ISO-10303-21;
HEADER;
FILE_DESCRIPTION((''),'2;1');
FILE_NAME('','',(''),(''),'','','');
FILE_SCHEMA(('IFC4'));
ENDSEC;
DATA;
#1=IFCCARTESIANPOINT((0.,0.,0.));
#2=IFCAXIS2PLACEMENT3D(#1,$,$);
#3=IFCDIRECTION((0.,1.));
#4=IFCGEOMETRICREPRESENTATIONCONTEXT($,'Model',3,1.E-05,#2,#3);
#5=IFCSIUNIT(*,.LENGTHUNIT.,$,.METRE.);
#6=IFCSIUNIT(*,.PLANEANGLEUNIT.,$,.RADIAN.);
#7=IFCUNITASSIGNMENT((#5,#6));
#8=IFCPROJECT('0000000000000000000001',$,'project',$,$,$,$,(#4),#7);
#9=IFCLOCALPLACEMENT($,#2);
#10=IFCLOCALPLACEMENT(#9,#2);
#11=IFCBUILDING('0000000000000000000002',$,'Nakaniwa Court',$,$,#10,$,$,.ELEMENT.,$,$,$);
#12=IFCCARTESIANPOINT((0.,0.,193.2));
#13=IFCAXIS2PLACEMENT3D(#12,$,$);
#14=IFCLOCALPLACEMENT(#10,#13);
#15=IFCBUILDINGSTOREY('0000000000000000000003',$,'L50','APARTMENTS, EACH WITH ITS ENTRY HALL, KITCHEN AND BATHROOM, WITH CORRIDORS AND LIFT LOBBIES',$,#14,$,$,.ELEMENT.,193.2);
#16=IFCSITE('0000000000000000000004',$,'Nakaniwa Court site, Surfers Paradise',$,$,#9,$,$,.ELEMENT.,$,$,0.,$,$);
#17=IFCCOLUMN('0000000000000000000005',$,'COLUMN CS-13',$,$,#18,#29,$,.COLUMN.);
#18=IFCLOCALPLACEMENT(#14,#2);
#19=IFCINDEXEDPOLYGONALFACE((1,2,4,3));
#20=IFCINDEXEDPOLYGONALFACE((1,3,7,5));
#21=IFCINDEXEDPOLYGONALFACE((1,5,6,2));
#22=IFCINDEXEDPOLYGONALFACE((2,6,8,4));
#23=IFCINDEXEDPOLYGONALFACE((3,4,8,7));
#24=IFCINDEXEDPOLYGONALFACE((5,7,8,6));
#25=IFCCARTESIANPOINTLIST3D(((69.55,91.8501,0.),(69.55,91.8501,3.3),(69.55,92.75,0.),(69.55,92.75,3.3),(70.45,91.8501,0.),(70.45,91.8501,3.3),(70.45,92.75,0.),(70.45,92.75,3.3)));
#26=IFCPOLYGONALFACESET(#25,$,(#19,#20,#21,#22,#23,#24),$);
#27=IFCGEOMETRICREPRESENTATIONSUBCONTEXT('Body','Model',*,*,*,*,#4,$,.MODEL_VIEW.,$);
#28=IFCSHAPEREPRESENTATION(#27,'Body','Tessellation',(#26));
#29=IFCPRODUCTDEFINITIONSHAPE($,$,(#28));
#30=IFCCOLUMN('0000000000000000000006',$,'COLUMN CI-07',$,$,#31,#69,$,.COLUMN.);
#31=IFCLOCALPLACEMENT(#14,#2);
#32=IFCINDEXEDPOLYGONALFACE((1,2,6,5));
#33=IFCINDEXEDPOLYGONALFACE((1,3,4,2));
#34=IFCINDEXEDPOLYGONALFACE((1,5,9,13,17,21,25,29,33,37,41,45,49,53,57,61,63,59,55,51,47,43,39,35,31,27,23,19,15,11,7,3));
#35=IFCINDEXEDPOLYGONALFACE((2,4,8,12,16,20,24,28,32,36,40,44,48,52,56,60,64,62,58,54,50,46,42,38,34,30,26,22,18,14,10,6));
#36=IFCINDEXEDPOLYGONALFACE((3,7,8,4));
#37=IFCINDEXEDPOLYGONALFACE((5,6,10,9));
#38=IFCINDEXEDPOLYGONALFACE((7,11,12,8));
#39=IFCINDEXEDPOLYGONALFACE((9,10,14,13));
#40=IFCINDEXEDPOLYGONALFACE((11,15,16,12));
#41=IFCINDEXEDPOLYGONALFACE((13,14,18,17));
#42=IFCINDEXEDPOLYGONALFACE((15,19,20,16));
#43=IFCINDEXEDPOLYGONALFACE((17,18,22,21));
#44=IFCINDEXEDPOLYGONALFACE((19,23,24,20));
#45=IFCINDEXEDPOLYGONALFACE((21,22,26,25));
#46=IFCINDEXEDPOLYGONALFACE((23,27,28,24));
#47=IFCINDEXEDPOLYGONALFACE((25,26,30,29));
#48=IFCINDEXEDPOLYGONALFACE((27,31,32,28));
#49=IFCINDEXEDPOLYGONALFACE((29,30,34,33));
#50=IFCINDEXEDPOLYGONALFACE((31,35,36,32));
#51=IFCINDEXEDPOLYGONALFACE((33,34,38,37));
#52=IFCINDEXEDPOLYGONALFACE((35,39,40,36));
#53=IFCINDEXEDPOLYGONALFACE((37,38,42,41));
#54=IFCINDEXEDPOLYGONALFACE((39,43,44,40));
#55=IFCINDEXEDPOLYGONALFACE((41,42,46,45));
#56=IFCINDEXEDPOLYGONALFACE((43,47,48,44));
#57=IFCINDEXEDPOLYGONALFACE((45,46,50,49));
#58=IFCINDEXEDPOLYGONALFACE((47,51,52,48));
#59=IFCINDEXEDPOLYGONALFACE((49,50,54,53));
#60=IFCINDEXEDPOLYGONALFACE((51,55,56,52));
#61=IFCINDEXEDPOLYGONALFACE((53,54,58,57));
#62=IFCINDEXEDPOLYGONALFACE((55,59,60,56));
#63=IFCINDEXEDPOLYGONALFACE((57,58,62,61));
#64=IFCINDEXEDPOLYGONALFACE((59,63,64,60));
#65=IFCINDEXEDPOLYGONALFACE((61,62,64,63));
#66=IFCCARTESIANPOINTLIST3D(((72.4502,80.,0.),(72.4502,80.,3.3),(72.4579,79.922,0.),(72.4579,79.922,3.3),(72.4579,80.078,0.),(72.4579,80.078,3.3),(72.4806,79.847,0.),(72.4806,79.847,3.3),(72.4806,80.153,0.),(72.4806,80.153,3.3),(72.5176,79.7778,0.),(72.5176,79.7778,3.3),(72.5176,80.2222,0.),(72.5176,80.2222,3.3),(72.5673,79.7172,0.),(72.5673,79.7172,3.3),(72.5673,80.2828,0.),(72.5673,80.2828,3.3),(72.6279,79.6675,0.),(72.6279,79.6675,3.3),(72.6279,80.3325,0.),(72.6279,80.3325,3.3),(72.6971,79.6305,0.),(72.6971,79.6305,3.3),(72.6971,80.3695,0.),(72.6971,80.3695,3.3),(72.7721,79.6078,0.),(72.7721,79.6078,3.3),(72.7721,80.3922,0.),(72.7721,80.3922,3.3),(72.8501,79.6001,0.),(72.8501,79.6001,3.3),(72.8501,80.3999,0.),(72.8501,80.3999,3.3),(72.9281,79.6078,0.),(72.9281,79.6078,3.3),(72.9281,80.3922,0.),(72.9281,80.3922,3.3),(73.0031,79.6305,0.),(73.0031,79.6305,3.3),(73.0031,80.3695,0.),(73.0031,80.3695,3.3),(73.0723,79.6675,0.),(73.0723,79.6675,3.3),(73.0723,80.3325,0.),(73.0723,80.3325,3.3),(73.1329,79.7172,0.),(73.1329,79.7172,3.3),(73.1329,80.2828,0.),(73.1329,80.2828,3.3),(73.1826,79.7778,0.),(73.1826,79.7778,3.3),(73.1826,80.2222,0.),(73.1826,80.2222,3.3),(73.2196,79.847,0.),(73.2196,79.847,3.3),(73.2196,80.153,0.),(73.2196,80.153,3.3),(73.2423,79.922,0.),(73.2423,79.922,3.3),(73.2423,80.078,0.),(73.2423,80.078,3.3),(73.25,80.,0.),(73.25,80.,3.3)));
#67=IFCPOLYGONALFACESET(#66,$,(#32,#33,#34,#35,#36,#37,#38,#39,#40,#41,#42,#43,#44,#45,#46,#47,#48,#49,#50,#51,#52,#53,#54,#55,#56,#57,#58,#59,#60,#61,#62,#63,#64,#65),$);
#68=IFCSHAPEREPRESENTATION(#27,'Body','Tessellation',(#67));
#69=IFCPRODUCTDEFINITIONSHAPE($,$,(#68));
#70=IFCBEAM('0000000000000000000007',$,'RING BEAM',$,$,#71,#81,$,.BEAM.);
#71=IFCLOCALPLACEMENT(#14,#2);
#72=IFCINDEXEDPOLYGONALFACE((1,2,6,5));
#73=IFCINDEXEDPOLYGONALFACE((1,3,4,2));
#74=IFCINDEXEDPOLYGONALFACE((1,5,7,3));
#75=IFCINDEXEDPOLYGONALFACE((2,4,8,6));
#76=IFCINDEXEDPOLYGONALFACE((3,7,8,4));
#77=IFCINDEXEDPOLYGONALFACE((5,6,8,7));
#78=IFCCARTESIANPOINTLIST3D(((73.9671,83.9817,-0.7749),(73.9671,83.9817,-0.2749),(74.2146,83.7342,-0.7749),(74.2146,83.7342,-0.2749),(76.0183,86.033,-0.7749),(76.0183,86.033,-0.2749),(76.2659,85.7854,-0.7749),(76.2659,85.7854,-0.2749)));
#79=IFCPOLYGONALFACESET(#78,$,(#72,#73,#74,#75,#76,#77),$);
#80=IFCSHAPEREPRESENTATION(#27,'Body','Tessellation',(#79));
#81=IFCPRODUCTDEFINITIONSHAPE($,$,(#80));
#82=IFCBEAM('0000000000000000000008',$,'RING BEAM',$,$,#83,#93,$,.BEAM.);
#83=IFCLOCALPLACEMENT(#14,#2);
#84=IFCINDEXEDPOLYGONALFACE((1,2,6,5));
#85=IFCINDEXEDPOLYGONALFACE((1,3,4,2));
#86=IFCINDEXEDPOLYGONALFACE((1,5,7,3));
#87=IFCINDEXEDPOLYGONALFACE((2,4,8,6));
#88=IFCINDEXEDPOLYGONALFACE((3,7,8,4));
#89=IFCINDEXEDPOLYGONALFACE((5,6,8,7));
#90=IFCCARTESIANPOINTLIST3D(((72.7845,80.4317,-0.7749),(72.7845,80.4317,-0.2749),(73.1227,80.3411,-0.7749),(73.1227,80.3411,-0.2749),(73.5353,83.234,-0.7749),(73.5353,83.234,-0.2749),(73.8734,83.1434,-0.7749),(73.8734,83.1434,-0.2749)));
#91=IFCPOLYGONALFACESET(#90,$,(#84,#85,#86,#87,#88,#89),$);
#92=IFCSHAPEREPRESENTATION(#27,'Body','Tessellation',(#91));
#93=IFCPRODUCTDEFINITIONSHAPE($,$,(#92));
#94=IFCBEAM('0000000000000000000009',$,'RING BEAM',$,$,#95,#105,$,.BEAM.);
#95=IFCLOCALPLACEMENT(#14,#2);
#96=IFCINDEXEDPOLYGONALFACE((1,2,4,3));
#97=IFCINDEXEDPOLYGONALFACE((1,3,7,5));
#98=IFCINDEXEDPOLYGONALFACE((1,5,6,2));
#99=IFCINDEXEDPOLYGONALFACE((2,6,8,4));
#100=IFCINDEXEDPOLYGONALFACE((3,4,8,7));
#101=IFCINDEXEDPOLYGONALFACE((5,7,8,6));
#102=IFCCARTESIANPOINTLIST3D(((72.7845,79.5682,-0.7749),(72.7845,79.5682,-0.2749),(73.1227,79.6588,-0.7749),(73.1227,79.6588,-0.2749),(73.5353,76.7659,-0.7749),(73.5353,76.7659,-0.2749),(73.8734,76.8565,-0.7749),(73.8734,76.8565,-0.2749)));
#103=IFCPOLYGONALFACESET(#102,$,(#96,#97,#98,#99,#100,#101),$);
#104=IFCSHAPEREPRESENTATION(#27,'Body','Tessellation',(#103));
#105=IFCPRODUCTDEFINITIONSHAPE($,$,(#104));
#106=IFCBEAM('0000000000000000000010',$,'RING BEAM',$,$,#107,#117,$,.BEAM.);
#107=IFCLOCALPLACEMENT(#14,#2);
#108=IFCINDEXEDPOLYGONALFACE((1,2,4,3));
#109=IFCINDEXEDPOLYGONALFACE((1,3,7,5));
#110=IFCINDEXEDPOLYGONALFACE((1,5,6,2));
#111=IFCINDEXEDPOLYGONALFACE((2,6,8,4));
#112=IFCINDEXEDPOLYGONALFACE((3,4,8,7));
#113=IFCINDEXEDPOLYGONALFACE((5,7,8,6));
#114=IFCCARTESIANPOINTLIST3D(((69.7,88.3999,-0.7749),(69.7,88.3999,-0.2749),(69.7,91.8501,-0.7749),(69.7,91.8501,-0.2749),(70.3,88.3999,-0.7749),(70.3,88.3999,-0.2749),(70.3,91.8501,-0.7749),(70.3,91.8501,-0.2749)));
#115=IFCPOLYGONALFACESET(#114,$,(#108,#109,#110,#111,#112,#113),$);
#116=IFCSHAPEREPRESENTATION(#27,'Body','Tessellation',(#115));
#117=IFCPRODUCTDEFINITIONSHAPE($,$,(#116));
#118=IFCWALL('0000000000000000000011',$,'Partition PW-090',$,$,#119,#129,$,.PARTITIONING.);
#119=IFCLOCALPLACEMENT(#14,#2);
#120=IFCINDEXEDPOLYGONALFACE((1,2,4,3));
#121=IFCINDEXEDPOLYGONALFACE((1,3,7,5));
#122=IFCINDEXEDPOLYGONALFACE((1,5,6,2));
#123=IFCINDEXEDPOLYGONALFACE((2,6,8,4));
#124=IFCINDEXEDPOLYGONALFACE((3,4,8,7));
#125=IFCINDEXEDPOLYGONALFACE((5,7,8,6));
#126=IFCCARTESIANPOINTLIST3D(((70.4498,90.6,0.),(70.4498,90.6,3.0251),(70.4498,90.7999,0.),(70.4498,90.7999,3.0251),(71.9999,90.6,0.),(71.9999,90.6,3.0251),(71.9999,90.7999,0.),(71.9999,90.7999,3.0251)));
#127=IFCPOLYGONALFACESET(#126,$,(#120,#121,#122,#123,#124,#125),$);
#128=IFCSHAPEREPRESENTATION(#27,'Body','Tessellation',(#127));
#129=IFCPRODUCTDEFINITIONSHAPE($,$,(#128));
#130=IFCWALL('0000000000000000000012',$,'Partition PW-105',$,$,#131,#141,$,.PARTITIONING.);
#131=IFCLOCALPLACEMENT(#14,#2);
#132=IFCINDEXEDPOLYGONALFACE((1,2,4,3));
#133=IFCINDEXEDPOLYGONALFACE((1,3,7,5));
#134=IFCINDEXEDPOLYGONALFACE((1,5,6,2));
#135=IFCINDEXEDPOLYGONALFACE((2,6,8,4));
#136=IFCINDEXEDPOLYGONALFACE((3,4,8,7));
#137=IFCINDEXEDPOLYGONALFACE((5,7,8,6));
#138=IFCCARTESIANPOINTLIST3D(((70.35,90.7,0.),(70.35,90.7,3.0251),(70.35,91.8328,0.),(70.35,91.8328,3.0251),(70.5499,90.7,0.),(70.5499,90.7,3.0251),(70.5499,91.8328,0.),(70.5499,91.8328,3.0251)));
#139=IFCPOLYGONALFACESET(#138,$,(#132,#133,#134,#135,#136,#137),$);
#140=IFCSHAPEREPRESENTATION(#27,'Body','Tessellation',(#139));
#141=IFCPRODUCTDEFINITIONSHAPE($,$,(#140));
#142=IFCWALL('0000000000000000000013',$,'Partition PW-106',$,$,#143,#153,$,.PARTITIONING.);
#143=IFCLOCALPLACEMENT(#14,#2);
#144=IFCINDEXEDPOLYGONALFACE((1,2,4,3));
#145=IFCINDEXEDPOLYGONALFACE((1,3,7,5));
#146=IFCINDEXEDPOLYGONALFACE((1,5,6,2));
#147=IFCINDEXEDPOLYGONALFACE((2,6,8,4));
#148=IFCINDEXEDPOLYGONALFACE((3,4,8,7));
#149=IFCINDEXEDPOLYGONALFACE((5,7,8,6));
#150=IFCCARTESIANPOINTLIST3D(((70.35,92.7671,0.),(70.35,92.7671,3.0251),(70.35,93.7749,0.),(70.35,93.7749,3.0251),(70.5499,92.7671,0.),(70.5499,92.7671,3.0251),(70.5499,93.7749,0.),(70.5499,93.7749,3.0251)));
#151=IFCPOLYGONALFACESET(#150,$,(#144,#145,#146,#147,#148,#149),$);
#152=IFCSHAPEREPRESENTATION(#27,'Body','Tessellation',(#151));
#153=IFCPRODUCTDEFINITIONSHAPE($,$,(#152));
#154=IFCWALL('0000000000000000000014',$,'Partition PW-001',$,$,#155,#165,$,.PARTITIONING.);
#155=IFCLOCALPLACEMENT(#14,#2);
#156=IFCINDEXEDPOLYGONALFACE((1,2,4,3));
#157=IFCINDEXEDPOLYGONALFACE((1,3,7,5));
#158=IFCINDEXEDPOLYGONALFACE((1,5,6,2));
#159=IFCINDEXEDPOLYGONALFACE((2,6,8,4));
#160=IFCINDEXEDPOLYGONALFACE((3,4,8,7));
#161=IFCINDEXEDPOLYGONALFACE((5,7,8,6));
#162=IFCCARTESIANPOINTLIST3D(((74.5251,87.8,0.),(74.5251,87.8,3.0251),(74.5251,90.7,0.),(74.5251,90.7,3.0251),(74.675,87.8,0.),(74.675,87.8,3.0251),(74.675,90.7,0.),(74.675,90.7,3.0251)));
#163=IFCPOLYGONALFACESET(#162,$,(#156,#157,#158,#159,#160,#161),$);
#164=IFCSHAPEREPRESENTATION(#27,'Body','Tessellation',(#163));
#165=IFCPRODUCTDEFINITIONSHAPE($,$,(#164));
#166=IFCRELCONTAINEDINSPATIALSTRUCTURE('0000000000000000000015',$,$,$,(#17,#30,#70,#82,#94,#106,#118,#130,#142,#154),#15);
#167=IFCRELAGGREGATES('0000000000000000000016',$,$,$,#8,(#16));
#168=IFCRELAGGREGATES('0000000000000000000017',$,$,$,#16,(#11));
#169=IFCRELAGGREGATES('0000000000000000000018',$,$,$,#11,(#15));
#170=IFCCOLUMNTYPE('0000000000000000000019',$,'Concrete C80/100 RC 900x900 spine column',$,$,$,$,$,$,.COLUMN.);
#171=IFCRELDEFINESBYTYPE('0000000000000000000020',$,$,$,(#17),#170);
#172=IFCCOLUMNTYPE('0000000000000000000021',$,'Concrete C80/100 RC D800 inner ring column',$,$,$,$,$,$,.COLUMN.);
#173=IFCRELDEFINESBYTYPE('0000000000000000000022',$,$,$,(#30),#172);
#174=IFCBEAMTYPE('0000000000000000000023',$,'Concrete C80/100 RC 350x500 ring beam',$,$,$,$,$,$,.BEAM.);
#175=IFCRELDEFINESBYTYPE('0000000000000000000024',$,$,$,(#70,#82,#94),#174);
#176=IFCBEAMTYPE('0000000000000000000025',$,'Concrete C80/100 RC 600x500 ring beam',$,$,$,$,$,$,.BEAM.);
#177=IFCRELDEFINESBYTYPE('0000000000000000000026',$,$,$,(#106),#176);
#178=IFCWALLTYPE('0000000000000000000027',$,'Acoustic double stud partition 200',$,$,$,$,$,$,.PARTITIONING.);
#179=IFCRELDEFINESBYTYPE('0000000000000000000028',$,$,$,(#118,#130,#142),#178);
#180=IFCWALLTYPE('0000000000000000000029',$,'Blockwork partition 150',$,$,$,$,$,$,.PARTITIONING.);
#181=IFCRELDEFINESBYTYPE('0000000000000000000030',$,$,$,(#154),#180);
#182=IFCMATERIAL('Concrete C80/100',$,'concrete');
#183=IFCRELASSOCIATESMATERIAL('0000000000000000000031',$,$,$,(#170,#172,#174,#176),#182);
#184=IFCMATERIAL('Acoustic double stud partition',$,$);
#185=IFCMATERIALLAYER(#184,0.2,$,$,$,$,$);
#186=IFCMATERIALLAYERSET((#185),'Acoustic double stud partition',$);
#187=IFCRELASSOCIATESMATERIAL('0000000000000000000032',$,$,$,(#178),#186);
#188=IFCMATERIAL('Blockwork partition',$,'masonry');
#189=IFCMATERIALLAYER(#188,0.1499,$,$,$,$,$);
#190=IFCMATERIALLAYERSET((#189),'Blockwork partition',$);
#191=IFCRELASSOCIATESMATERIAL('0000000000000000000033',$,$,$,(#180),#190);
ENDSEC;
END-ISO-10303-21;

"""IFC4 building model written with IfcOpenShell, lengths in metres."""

from ifc_helpers import new_model, si_unit, direction, frame, frame_2d, origin, origin_2d, place, context, subcontext, project, spatial, rectangle, circle, extrude, material, layer, layer_set, material_profile, profile_set, type_object, element, save


model = new_model("IFC4")

# Units and contexts
model_context = context("Model", 3, precision=1e-05, world=origin(), true_north=direction((0.0, 1.0)))
body_context = subcontext(model_context, "Body", "Model", "MODEL_VIEW")
ifc_project = project(units=[si_unit("LENGTHUNIT", "METRE"), si_unit("PLANEANGLEUNIT", "RADIAN")], contexts=[model_context])

# Site, building, storey
site_placement = place(None, origin())
site = spatial("IfcSite", under=ifc_project, at=site_placement, Name="Nakaniwa Court site, Surfers Paradise", CompositionType="ELEMENT", RefElevation=0.0)
building_placement = place(site_placement, origin())
building = spatial("IfcBuilding", under=site, at=building_placement, Name="Nakaniwa Court", CompositionType="ELEMENT")
storey_placement = place(building_placement, frame((0.0, 0.0, 193.2)))
storey = spatial("IfcBuildingStorey", under=building, at=storey_placement, Name="L50", Description="APARTMENTS, EACH WITH ITS ENTRY HALL, KITCHEN AND BATHROOM, WITH CORRIDORS AND LIFT LOBBIES", CompositionType="ELEMENT", Elevation=193.2)

# Columns
ifc_material_1 = material(Name="Concrete C80/100", Category="concrete")
ifc_material_profile_1 = material_profile(ifc_material_1, rectangle(XDim=0.8999, YDim=0.8999, at=origin_2d()), Name="Concrete C80/100 RC 900x900 spine column")
ifc_profile_set_1 = profile_set([ifc_material_profile_1], Name="Concrete C80/100")
column_type_1 = type_object("IfcColumnType", Name="Concrete C80/100 RC 900x900 spine column", PredefinedType="COLUMN", material=ifc_profile_set_1)
column_placement = place(storey_placement, frame((70.0, 92.3, 0.0), z_axis=(0.0, 0.0, 1.0), x_axis=(0.0, -1.0, 0.0)))
element("IfcColumn", 1, at=column_placement, inside=storey, type_object=column_type_1, Name="COLUMN CS-13", PredefinedType="COLUMN", context=body_context, shape_type="SweptSolid", body=[
    extrude(rectangle(XDim=0.8999, YDim=0.8999, at=origin_2d()), origin(), (0.0, 0.0, 1.0), 3.3),
])
ifc_material_profile_2 = material_profile(ifc_material_1, circle(Radius=0.3999, at=origin_2d()), Name="Concrete C80/100 RC D800 inner ring column")
ifc_profile_set_2 = profile_set([ifc_material_profile_2], Name="Concrete C80/100")
column_type_2 = type_object("IfcColumnType", Name="Concrete C80/100 RC D800 inner ring column", PredefinedType="COLUMN", material=ifc_profile_set_2)
for number, where, z_axis, x_axis, name in (
    (2, (72.8501, 80.0, 0.0), (0.0, 0.0, 1.0), (0.0, -1.0, 0.0), "COLUMN CI-07"),
):
    element("IfcColumn", number, at=place(storey_placement, frame(where, z_axis=z_axis, x_axis=x_axis)), inside=storey, type_object=column_type_2, Name=name, PredefinedType="COLUMN", context=body_context, shape_type="SweptSolid", body=[
        extrude(circle(Radius=0.3999, at=origin_2d()), origin(), (0.0, 0.0, 1.0), 3.3),
    ])

# Beams
ifc_material_profile_3 = material_profile(ifc_material_1, rectangle(XDim=0.3501, YDim=0.5, at=origin_2d()), Name="Concrete C80/100 RC 350x500 ring beam")
ifc_profile_set_3 = profile_set([ifc_material_profile_3], Name="Concrete C80/100")
beam_type_1 = type_object("IfcBeamType", Name="Concrete C80/100 RC 350x500 ring beam", PredefinedType="BEAM", material=ifc_profile_set_3)
beam_1_placement = place(storey_placement, frame((76.1421, 85.9092, -0.5249), z_axis=(-0.707107, -0.707107, 0.0), x_axis=(0.707107, -0.707107, 0.0)))
element("IfcBeam", 3, at=beam_1_placement, inside=storey, type_object=beam_type_1, Name="RING BEAM", PredefinedType="BEAM", context=body_context, shape_type="SweptSolid", body=[
    extrude(rectangle(XDim=0.3501, YDim=0.5, at=origin_2d()), origin(), (0.0, 0.0, 1.0), 2.9009),
])
for number, where, z_axis, x_axis, name in (
    (4, (73.7043, 83.1887, -0.5249), (-0.258778, -0.965937, 0.0), (0.965937, -0.258778, 0.0), "RING BEAM"),
    (5, (72.9536, 79.6135, -0.5249), (0.258778, -0.965937, 0.0), (0.965937, 0.258778, 0.0), "RING BEAM"),
):
    element("IfcBeam", number, at=place(storey_placement, frame(where, z_axis=z_axis, x_axis=x_axis)), inside=storey, type_object=beam_type_1, Name=name, PredefinedType="BEAM", context=body_context, shape_type="SweptSolid", body=[
        extrude(rectangle(XDim=0.3501, YDim=0.5, at=origin_2d()), origin(), (0.0, 0.0, 1.0), 2.9011),
    ])
ifc_material_profile_4 = material_profile(ifc_material_1, rectangle(XDim=0.6001, YDim=0.5, at=origin_2d()), Name="Concrete C80/100 RC 600x500 ring beam")
ifc_profile_set_4 = profile_set([ifc_material_profile_4], Name="Concrete C80/100")
beam_type_2 = type_object("IfcBeamType", Name="Concrete C80/100 RC 600x500 ring beam", PredefinedType="BEAM", material=ifc_profile_set_4)
beam_2_placement = place(storey_placement, frame((70.0, 91.8501, -0.5249), z_axis=(0.0, -1.0, 0.0), x_axis=(1.0, 0.0, 0.0)))
element("IfcBeam", 6, at=beam_2_placement, inside=storey, type_object=beam_type_2, Name="RING BEAM", PredefinedType="BEAM", context=body_context, shape_type="SweptSolid", body=[
    extrude(rectangle(XDim=0.6001, YDim=0.5, at=origin_2d()), origin(), (0.0, 0.0, 1.0), 3.4502),
])

# Walls
ifc_material_2 = material(Name="Acoustic double stud partition")
ifc_layer_1 = layer(ifc_material_2, 0.2)
ifc_layer_set_1 = layer_set([ifc_layer_1], Name="Acoustic double stud partition")
wall_type_1 = type_object("IfcWallType", Name="Acoustic double stud partition 200", PredefinedType="PARTITIONING", material=ifc_layer_set_1)
wall_1_placement = place(storey_placement, frame((70.45, 90.7, 0.0), z_axis=(0.0, 0.0, 1.0), x_axis=(1.0, 0.0, 0.0)))
element("IfcWall", 7, at=wall_1_placement, inside=storey, type_object=wall_type_1, Name="Partition PW-090", PredefinedType="PARTITIONING", context=body_context, shape_type="SweptSolid", body=[
    extrude(rectangle(XDim=1.55, YDim=0.2, at=frame_2d((0.7749, 0.0))), origin(), (0.0, 0.0, 1.0), 3.0251),
])
wall_2_placement = place(storey_placement, frame((70.45, 90.7, 0.0), z_axis=(0.0, 0.0, 1.0), x_axis=(0.0, 1.0, 0.0)))
element("IfcWall", 8, at=wall_2_placement, inside=storey, type_object=wall_type_1, Name="Partition PW-105", PredefinedType="PARTITIONING", context=body_context, shape_type="SweptSolid", body=[
    extrude(rectangle(XDim=1.1328, YDim=0.2, at=frame_2d((0.5664, 0.0))), origin(), (0.0, 0.0, 1.0), 3.0251),
])
wall_3_placement = place(storey_placement, frame((70.45, 92.7671, 0.0), z_axis=(0.0, 0.0, 1.0), x_axis=(0.0, 1.0, 0.0)))
element("IfcWall", 9, at=wall_3_placement, inside=storey, type_object=wall_type_1, Name="Partition PW-106", PredefinedType="PARTITIONING", context=body_context, shape_type="SweptSolid", body=[
    extrude(rectangle(XDim=1.0078, YDim=0.2, at=frame_2d((0.5039, 0.0))), origin(), (0.0, 0.0, 1.0), 3.0251),
])
ifc_material_3 = material(Name="Blockwork partition", Category="masonry")
ifc_layer_2 = layer(ifc_material_3, 0.1499)
ifc_layer_set_2 = layer_set([ifc_layer_2], Name="Blockwork partition")
wall_type_2 = type_object("IfcWallType", Name="Blockwork partition 150", PredefinedType="PARTITIONING", material=ifc_layer_set_2)
wall_4_placement = place(storey_placement, frame((74.6001, 87.8, 0.0), z_axis=(0.0, 0.0, 1.0), x_axis=(0.0, 1.0, 0.0)))
element("IfcWall", 10, at=wall_4_placement, inside=storey, type_object=wall_type_2, Name="Partition PW-001", PredefinedType="PARTITIONING", context=body_context, shape_type="SweptSolid", body=[
    extrude(rectangle(XDim=2.8999, YDim=0.1499, at=frame_2d((1.45, 0.0))), origin(), (0.0, 0.0, 1.0), 3.0251),
])

save(model, "model.ifc")
